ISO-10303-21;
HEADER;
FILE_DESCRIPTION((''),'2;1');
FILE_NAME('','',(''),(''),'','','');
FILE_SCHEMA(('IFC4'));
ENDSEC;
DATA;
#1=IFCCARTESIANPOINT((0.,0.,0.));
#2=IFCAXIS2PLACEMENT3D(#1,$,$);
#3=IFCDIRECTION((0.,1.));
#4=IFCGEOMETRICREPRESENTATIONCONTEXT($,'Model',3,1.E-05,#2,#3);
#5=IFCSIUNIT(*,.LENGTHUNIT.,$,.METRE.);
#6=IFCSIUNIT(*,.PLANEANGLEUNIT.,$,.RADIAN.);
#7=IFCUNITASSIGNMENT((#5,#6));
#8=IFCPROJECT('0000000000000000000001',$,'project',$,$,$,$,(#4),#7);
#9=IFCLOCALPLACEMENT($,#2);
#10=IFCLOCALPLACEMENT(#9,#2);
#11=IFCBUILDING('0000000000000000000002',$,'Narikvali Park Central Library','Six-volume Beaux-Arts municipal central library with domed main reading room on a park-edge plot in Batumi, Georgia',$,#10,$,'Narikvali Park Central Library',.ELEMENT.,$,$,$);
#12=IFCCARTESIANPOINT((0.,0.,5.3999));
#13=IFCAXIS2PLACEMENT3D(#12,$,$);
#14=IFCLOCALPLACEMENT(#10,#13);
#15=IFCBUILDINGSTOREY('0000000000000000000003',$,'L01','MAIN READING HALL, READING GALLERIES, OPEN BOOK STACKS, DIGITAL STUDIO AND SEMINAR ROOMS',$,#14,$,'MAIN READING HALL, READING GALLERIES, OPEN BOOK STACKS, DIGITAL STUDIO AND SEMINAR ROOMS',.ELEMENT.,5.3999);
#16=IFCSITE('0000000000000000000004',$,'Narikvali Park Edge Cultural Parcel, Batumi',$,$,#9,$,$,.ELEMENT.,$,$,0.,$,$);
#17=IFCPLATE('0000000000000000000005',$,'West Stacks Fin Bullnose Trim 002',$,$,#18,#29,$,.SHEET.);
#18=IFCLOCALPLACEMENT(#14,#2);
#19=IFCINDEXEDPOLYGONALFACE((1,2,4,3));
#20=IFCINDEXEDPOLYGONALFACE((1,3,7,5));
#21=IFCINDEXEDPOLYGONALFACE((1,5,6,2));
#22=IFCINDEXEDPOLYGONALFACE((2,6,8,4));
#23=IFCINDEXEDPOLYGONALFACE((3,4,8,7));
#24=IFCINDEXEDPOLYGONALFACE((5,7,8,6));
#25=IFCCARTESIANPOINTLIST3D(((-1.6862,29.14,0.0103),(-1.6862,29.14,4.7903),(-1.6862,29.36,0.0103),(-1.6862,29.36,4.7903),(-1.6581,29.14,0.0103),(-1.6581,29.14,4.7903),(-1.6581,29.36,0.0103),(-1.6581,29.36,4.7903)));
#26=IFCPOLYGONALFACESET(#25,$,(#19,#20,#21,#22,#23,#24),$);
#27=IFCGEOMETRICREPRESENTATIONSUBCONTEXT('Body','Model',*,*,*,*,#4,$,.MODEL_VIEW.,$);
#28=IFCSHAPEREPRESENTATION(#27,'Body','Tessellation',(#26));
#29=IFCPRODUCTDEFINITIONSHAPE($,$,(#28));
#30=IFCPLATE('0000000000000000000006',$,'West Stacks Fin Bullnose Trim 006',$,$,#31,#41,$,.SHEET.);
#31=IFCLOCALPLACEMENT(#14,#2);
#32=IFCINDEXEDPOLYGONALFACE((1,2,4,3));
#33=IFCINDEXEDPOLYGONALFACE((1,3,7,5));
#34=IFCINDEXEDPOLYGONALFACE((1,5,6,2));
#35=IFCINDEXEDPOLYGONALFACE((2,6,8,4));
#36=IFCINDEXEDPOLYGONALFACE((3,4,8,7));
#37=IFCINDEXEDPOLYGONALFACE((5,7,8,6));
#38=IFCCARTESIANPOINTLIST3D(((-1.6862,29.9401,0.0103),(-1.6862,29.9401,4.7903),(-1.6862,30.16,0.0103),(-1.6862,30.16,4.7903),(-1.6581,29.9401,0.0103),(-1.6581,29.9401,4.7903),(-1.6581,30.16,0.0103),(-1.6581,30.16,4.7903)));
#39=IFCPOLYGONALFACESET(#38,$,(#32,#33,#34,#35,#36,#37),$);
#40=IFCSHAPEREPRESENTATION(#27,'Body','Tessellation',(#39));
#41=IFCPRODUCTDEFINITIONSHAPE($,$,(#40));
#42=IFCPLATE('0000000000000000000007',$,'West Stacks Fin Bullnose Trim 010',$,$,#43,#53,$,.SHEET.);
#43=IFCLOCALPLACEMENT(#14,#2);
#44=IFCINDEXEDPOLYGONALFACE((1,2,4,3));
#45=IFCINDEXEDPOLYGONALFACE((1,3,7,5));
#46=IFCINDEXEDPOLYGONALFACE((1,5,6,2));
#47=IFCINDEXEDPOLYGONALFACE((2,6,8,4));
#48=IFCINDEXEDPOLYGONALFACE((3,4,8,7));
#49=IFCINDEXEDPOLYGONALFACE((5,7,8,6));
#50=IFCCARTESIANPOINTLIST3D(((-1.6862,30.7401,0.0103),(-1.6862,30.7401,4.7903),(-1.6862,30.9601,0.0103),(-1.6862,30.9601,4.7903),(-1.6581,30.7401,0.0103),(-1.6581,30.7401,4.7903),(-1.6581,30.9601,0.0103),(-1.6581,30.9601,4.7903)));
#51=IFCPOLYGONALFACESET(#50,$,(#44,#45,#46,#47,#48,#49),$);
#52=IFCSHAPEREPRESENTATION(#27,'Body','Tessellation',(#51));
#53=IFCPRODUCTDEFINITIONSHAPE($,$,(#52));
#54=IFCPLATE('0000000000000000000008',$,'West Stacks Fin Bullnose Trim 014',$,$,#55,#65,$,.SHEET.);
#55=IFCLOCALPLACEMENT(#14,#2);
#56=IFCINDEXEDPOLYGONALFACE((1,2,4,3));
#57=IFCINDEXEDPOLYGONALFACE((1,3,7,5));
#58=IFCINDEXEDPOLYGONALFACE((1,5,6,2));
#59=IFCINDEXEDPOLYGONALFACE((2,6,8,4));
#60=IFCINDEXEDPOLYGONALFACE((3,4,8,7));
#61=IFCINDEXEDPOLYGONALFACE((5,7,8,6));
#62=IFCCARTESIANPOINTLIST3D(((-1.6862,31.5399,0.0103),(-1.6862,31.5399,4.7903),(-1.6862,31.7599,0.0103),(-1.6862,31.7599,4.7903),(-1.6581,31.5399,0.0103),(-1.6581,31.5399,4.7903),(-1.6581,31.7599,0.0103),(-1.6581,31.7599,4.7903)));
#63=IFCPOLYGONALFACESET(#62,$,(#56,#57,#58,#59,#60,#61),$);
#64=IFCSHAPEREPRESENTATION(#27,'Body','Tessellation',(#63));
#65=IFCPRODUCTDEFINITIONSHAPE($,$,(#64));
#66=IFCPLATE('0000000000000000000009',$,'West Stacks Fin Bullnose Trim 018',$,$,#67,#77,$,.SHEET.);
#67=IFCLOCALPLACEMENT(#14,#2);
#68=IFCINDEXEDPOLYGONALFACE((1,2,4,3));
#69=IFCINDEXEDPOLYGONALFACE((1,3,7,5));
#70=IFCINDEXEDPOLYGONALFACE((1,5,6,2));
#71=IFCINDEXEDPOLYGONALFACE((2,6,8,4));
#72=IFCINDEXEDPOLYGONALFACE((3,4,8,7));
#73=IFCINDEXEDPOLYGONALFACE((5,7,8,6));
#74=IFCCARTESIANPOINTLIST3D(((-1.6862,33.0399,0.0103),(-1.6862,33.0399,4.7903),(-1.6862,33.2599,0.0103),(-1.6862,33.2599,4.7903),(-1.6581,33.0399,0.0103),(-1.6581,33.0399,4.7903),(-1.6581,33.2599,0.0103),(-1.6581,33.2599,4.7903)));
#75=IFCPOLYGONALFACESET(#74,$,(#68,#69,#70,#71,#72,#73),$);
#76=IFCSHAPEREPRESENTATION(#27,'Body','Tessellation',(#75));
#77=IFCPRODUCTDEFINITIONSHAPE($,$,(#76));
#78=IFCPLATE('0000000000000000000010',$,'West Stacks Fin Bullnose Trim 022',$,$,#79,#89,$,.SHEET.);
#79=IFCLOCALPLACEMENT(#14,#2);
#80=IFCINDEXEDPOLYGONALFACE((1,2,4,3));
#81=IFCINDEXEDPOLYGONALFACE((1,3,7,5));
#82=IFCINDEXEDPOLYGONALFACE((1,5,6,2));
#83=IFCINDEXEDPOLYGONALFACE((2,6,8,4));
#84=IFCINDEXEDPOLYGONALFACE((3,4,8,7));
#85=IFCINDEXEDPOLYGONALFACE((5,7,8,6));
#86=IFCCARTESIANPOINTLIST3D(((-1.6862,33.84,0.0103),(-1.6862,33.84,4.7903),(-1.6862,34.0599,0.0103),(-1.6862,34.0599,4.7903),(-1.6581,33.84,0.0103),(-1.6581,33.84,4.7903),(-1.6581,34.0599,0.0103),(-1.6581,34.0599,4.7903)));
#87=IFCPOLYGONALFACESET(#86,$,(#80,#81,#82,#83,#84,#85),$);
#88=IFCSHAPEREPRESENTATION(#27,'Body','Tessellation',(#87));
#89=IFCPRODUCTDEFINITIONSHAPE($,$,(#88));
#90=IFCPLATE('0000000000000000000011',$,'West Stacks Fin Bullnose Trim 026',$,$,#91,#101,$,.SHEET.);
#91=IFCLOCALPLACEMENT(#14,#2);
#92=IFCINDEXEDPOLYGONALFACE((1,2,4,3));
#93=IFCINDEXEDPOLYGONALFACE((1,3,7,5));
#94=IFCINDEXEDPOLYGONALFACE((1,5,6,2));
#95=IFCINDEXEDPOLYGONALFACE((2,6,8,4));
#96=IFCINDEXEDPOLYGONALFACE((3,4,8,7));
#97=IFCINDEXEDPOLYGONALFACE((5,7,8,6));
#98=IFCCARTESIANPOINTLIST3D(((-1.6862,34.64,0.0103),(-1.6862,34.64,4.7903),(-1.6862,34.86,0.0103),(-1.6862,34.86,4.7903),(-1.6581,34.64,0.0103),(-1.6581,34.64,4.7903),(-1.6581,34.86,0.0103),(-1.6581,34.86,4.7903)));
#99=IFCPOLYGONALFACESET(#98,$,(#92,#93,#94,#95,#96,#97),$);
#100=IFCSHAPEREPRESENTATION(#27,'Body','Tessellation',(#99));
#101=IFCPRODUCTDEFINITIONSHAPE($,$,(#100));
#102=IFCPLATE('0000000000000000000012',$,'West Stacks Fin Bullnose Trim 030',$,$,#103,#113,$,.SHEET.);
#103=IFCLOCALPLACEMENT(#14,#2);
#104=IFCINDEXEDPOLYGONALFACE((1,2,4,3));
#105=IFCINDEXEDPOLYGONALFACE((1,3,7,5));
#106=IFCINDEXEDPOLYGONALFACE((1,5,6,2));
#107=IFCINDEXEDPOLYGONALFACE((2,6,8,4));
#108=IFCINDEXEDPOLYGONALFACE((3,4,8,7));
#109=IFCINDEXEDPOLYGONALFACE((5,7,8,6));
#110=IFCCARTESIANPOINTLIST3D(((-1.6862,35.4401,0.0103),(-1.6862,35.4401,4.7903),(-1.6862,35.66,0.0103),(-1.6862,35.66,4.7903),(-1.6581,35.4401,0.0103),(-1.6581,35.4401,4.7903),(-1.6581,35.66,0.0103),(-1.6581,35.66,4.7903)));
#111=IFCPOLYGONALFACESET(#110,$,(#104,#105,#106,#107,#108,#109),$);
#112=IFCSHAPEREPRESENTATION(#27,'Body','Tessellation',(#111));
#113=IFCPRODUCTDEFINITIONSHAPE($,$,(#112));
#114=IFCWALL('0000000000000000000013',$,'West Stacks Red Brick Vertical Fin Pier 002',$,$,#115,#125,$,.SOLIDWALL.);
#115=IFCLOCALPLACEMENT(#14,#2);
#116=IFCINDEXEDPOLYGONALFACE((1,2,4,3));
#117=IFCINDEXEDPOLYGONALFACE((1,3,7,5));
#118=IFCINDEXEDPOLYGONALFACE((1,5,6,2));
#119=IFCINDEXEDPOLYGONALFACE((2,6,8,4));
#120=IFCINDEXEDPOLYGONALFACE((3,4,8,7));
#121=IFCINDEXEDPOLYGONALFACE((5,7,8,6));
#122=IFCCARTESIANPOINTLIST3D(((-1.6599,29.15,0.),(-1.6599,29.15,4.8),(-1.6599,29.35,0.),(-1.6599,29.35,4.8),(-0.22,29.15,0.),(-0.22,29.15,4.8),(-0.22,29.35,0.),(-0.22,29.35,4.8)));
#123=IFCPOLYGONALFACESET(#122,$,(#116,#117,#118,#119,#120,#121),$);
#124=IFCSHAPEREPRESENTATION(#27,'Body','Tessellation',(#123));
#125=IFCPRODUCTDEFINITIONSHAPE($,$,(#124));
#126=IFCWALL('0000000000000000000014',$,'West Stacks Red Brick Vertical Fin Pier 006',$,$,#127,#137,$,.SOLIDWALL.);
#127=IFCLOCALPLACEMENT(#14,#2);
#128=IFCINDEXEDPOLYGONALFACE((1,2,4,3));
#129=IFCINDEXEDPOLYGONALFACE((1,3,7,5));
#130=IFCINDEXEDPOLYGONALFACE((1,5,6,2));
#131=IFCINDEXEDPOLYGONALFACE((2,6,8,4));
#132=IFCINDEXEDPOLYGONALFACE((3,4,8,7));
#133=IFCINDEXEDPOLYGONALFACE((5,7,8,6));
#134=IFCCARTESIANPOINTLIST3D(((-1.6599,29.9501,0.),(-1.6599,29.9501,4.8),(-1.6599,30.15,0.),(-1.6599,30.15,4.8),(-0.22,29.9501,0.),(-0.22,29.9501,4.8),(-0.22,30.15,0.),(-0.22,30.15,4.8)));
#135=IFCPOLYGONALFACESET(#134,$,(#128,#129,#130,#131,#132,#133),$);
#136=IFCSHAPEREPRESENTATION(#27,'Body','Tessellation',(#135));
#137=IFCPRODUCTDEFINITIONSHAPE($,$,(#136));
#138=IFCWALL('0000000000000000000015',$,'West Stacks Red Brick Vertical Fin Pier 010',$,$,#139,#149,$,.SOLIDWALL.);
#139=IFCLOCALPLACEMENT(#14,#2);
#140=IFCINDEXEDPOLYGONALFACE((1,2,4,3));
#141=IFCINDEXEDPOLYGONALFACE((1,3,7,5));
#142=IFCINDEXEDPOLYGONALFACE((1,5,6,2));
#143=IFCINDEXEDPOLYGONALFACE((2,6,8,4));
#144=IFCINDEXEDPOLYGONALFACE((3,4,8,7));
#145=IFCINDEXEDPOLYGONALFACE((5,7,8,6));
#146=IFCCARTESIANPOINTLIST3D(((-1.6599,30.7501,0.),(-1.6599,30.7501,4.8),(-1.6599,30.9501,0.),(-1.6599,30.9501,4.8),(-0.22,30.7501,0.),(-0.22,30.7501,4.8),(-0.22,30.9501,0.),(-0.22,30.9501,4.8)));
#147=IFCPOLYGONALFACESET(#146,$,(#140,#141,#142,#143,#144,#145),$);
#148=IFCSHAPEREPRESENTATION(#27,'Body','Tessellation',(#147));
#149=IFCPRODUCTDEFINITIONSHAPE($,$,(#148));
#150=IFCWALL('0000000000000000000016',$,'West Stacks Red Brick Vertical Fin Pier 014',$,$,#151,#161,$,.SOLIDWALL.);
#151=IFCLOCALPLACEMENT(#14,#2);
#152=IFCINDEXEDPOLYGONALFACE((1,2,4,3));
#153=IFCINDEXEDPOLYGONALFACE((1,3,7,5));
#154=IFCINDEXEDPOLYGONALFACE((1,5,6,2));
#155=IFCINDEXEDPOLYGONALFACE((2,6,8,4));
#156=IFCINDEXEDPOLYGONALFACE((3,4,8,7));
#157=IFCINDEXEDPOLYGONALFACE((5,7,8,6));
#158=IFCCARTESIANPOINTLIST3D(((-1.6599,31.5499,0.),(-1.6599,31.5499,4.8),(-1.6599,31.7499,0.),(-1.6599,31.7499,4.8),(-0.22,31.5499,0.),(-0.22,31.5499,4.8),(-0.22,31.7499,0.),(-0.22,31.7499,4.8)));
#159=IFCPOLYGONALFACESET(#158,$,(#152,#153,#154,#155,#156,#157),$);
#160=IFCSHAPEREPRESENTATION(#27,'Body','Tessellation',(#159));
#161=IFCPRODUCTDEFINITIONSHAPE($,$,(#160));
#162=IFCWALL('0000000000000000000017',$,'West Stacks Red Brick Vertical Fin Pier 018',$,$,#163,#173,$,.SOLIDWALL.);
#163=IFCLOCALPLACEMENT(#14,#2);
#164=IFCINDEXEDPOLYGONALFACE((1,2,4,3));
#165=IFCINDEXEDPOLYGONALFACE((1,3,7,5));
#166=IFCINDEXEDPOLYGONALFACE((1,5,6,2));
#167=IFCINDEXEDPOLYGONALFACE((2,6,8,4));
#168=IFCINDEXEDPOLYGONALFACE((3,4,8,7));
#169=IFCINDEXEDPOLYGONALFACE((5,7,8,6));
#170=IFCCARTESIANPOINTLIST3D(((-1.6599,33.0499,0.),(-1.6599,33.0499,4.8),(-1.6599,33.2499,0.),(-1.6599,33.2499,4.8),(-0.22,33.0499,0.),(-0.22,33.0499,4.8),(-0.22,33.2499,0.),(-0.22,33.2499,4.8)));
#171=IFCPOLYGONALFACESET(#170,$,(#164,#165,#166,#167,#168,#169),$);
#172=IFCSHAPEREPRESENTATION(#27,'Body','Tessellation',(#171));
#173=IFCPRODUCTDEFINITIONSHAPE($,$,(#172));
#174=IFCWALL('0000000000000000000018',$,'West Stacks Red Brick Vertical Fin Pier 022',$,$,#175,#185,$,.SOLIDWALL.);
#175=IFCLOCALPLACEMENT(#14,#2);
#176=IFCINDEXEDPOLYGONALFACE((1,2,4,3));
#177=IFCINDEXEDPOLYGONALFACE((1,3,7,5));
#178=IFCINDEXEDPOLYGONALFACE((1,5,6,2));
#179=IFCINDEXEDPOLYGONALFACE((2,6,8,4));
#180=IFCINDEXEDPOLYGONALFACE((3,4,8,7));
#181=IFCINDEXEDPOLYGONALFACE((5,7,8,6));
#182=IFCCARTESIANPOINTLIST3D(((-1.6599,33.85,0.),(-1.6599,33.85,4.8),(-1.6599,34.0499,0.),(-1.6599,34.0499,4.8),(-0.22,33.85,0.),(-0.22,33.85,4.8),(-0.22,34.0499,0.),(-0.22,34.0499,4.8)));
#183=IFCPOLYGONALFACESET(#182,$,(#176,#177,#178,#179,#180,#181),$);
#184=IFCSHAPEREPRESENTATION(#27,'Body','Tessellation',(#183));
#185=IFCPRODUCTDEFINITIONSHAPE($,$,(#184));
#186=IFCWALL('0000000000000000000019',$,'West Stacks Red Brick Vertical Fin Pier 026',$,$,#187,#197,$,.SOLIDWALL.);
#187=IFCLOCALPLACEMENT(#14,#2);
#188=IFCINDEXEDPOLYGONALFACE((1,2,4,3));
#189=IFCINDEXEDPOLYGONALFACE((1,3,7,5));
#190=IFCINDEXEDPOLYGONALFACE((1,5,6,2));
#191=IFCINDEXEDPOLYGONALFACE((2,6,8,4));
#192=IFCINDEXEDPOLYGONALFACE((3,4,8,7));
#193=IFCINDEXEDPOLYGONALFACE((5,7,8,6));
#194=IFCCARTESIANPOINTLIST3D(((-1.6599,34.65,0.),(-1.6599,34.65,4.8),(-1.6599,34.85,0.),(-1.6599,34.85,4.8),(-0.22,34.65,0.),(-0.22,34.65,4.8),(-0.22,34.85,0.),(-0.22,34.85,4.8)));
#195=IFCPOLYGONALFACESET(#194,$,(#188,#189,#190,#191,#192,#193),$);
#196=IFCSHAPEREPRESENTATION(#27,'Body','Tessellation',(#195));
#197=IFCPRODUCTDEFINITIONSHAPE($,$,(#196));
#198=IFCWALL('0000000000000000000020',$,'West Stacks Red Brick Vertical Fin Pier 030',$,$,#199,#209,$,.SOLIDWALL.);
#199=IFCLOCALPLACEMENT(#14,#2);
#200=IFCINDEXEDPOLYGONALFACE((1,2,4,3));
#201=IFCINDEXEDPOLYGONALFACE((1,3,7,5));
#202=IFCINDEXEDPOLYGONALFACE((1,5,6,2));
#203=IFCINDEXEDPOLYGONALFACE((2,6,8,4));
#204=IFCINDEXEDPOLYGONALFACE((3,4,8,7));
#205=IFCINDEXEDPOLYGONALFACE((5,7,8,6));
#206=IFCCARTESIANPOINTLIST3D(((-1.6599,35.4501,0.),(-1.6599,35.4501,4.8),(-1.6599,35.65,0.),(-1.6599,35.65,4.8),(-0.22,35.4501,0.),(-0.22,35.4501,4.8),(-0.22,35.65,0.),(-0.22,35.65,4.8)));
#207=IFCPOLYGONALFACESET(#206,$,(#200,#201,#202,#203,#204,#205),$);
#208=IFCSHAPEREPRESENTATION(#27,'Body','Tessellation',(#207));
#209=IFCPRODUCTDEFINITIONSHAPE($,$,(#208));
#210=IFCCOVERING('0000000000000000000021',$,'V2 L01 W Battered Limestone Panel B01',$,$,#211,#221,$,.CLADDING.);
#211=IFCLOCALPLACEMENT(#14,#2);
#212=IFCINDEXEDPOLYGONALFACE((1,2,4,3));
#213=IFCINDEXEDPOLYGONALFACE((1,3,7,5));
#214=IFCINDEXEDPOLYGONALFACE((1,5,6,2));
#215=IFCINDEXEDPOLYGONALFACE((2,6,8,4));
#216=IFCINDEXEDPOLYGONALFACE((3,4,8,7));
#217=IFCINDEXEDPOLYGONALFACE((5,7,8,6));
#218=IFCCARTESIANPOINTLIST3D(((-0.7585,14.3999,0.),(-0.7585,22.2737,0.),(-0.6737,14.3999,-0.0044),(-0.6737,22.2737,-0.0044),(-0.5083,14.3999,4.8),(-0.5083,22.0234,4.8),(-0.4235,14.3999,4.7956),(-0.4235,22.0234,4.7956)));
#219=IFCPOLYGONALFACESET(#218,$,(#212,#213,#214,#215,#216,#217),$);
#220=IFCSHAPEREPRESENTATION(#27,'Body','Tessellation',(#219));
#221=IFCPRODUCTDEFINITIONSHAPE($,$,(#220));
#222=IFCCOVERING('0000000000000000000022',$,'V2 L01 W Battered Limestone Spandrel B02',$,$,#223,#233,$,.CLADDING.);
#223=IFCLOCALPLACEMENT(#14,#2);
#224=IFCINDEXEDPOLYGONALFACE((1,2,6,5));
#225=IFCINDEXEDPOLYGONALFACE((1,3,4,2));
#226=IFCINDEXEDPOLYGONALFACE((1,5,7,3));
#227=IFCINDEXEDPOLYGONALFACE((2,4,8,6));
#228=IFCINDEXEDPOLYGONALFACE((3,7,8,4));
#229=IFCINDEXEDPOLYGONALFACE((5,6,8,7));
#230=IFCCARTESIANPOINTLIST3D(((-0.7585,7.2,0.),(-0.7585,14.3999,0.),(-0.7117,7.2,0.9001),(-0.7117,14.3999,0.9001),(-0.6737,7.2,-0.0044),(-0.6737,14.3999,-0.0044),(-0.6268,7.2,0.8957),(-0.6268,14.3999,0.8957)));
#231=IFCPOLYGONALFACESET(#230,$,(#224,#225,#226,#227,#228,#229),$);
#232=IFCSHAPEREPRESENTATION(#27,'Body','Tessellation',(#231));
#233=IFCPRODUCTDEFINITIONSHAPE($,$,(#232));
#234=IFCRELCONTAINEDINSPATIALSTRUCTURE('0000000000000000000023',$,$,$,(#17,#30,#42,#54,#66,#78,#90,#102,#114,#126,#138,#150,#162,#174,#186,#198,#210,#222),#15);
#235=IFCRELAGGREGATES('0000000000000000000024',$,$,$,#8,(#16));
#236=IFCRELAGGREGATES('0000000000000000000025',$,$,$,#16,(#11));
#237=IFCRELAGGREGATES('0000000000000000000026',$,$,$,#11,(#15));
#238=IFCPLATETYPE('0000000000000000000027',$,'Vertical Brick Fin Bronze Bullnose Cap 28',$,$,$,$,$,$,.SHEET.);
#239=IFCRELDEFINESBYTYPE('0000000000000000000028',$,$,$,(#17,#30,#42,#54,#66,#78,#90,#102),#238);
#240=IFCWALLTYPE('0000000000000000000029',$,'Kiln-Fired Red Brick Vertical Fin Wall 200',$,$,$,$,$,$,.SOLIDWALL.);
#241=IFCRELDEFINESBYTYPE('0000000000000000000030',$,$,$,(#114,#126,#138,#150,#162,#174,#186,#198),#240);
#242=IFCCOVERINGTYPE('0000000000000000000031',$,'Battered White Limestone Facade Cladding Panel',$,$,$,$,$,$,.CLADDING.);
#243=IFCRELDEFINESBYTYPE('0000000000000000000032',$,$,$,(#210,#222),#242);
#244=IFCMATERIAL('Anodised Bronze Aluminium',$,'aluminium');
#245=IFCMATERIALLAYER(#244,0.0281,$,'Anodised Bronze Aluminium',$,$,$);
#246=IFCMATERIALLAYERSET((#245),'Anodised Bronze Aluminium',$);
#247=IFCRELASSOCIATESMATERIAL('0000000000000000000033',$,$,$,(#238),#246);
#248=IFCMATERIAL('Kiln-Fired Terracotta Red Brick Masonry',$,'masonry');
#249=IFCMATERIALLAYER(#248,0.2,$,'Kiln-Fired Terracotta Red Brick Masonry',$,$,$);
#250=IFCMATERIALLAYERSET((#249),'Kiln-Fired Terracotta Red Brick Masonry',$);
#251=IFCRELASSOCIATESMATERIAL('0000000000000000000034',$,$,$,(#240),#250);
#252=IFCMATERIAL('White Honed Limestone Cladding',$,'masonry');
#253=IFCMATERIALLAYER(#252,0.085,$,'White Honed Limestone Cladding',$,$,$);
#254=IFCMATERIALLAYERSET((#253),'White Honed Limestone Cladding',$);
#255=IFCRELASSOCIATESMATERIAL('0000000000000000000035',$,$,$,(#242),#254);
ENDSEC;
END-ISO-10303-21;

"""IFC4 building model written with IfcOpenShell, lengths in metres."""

from ifc_helpers import new_model, si_unit, direction, frame, frame_2d, origin, origin_2d, place, context, subcontext, project, spatial, polyline, rectangle, outline, extrude, material, layer, layer_set, type_object, element, save


model = new_model("IFC4")

# Units and contexts
model_context = context("Model", 3, precision=1e-05, world=origin(), true_north=direction((0.0, 1.0)))
body_context = subcontext(model_context, "Body", "Model", "MODEL_VIEW")
ifc_project = project(units=[si_unit("LENGTHUNIT", "METRE"), si_unit("PLANEANGLEUNIT", "RADIAN")], contexts=[model_context])

# Site, building, storey
site_placement = place(None, origin())
site = spatial("IfcSite", under=ifc_project, at=site_placement, Name="Narikvali Park Edge Cultural Parcel, Batumi", CompositionType="ELEMENT", RefElevation=0.0)
building_placement = place(site_placement, origin())
building = spatial("IfcBuilding", under=site, at=building_placement, Name="Narikvali Park Central Library", Description="Six-volume Beaux-Arts municipal central library with domed main reading room on a park-edge plot in Batumi, Georgia", LongName="Narikvali Park Central Library", CompositionType="ELEMENT")
storey_placement = place(building_placement, frame((0.0, 0.0, 5.3999)))
storey = spatial("IfcBuildingStorey", under=building, at=storey_placement, Name="L01", Description="MAIN READING HALL, READING GALLERIES, OPEN BOOK STACKS, DIGITAL STUDIO AND SEMINAR ROOMS", LongName="MAIN READING HALL, READING GALLERIES, OPEN BOOK STACKS, DIGITAL STUDIO AND SEMINAR ROOMS", CompositionType="ELEMENT", Elevation=5.3999)

# Plates
ifc_material_1 = material(Name="Anodised Bronze Aluminium", Category="aluminium")
ifc_layer_1 = layer(ifc_material_1, 0.0281, Name="Anodised Bronze Aluminium")
ifc_layer_set_1 = layer_set([ifc_layer_1], Name="Anodised Bronze Aluminium")
plate_type = type_object("IfcPlateType", Name="Vertical Brick Fin Bronze Bullnose Cap 28", PredefinedType="SHEET", material=ifc_layer_set_1)
for number, where, z_axis, x_axis, name in (
    (1, (-1.6721, 29.25, 0.0103), (0.0, 0.0, 1.0), (1.0, 0.0, 0.0), "West Stacks Fin Bullnose Trim 002"),
    (2, (-1.6721, 30.05, 0.0103), (0.0, 0.0, 1.0), (1.0, 0.0, 0.0), "West Stacks Fin Bullnose Trim 006"),
    (3, (-1.6721, 30.8501, 0.0103), (0.0, 0.0, 1.0), (1.0, 0.0, 0.0), "West Stacks Fin Bullnose Trim 010"),
    (4, (-1.6721, 31.6499, 0.0103), (0.0, 0.0, 1.0), (1.0, 0.0, 0.0), "West Stacks Fin Bullnose Trim 014"),
    (5, (-1.6721, 33.1499, 0.0103), (0.0, 0.0, 1.0), (1.0, 0.0, 0.0), "West Stacks Fin Bullnose Trim 018"),
    (6, (-1.6721, 33.95, 0.0103), (0.0, 0.0, 1.0), (1.0, 0.0, 0.0), "West Stacks Fin Bullnose Trim 022"),
    (7, (-1.6721, 34.75, 0.0103), (0.0, 0.0, 1.0), (1.0, 0.0, 0.0), "West Stacks Fin Bullnose Trim 026"),
    (8, (-1.6721, 35.55, 0.0103), (0.0, 0.0, 1.0), (1.0, 0.0, 0.0), "West Stacks Fin Bullnose Trim 030"),
):
    element("IfcPlate", number, at=place(storey_placement, frame(where, z_axis=z_axis, x_axis=x_axis)), inside=storey, type_object=plate_type, Name=name, PredefinedType="SHEET", context=body_context, shape_type="SweptSolid", body=[
        extrude(rectangle(XDim=0.0281, YDim=0.22, at=origin_2d()), origin(), (0.0, 0.0, 1.0), 4.78),
    ])

# Walls
ifc_material_2 = material(Name="Kiln-Fired Terracotta Red Brick Masonry", Category="masonry")
ifc_layer_2 = layer(ifc_material_2, 0.2, Name="Kiln-Fired Terracotta Red Brick Masonry")
ifc_layer_set_2 = layer_set([ifc_layer_2], Name="Kiln-Fired Terracotta Red Brick Masonry")
wall_type = type_object("IfcWallType", Name="Kiln-Fired Red Brick Vertical Fin Wall 200", PredefinedType="SOLIDWALL", material=ifc_layer_set_2)
for number, where, z_axis, x_axis, name in (
    (9, (-1.6599, 29.25, 0.0), (0.0, 0.0, 1.0), (1.0, 0.0, 0.0), "West Stacks Red Brick Vertical Fin Pier 002"),
    (10, (-1.6599, 30.05, 0.0), (0.0, 0.0, 1.0), (1.0, 0.0, 0.0), "West Stacks Red Brick Vertical Fin Pier 006"),
    (11, (-1.6599, 30.8501, 0.0), (0.0, 0.0, 1.0), (1.0, 0.0, 0.0), "West Stacks Red Brick Vertical Fin Pier 010"),
    (12, (-1.6599, 31.6499, 0.0), (0.0, 0.0, 1.0), (1.0, 0.0, 0.0), "West Stacks Red Brick Vertical Fin Pier 014"),
    (13, (-1.6599, 33.1499, 0.0), (0.0, 0.0, 1.0), (1.0, 0.0, 0.0), "West Stacks Red Brick Vertical Fin Pier 018"),
    (14, (-1.6599, 33.95, 0.0), (0.0, 0.0, 1.0), (1.0, 0.0, 0.0), "West Stacks Red Brick Vertical Fin Pier 022"),
    (15, (-1.6599, 34.75, 0.0), (0.0, 0.0, 1.0), (1.0, 0.0, 0.0), "West Stacks Red Brick Vertical Fin Pier 026"),
    (16, (-1.6599, 35.55, 0.0), (0.0, 0.0, 1.0), (1.0, 0.0, 0.0), "West Stacks Red Brick Vertical Fin Pier 030"),
):
    element("IfcWall", number, at=place(storey_placement, frame(where, z_axis=z_axis, x_axis=x_axis)), inside=storey, type_object=wall_type, Name=name, PredefinedType="SOLIDWALL", context=body_context, shape_type="SweptSolid", body=[
        extrude(rectangle(XDim=1.4399, YDim=0.2, at=frame_2d((0.72, 0.0))), origin(), (0.0, 0.0, 1.0), 4.8),
    ])

# Coverings
ifc_material_3 = material(Name="White Honed Limestone Cladding", Category="masonry")
ifc_layer_3 = layer(ifc_material_3, 0.085, Name="White Honed Limestone Cladding")
ifc_layer_set_3 = layer_set([ifc_layer_3], Name="White Honed Limestone Cladding")
covering_type = type_object("IfcCoveringType", Name="Battered White Limestone Facade Cladding Panel", PredefinedType="CLADDING", material=ifc_layer_set_3)
covering_1_placement = place(storey_placement, frame((-0.7585, 22.2737, 0.0), z_axis=(-0.998644, 0.0, 0.052063), x_axis=(0.0, -1.0, 0.0)))
element("IfcCovering", 17, at=covering_1_placement, inside=storey, type_object=covering_type, Name="V2 L01 W Battered Limestone Panel B01", PredefinedType="CLADDING", context=body_context, shape_type="SweptSolid", body=[
    extrude(outline(polyline([(0.0, 0.0), (7.8738, 0.0), (7.8738, 4.8066), (0.2502, 4.8066), (0.0, 0.0)])), origin(), (0.0, 0.0, -1.0), 0.085),
])
covering_2_placement = place(storey_placement, frame((-0.7585, 14.3999, 0.0), z_axis=(-0.998647, 0.0, 0.052004), x_axis=(0.0, -1.0, 0.0)))
element("IfcCovering", 18, at=covering_2_placement, inside=storey, type_object=covering_type, Name="V2 L01 W Battered Limestone Spandrel B02", PredefinedType="CLADDING", context=body_context, shape_type="SweptSolid", body=[
    extrude(outline(polyline([(0.0, 0.0), (7.2, 0.0), (7.2, 0.9014), (0.0, 0.9014), (0.0, 0.0)])), origin(), (0.0, 0.0, -1.0), 0.085),
])

save(model, "model.ifc")
